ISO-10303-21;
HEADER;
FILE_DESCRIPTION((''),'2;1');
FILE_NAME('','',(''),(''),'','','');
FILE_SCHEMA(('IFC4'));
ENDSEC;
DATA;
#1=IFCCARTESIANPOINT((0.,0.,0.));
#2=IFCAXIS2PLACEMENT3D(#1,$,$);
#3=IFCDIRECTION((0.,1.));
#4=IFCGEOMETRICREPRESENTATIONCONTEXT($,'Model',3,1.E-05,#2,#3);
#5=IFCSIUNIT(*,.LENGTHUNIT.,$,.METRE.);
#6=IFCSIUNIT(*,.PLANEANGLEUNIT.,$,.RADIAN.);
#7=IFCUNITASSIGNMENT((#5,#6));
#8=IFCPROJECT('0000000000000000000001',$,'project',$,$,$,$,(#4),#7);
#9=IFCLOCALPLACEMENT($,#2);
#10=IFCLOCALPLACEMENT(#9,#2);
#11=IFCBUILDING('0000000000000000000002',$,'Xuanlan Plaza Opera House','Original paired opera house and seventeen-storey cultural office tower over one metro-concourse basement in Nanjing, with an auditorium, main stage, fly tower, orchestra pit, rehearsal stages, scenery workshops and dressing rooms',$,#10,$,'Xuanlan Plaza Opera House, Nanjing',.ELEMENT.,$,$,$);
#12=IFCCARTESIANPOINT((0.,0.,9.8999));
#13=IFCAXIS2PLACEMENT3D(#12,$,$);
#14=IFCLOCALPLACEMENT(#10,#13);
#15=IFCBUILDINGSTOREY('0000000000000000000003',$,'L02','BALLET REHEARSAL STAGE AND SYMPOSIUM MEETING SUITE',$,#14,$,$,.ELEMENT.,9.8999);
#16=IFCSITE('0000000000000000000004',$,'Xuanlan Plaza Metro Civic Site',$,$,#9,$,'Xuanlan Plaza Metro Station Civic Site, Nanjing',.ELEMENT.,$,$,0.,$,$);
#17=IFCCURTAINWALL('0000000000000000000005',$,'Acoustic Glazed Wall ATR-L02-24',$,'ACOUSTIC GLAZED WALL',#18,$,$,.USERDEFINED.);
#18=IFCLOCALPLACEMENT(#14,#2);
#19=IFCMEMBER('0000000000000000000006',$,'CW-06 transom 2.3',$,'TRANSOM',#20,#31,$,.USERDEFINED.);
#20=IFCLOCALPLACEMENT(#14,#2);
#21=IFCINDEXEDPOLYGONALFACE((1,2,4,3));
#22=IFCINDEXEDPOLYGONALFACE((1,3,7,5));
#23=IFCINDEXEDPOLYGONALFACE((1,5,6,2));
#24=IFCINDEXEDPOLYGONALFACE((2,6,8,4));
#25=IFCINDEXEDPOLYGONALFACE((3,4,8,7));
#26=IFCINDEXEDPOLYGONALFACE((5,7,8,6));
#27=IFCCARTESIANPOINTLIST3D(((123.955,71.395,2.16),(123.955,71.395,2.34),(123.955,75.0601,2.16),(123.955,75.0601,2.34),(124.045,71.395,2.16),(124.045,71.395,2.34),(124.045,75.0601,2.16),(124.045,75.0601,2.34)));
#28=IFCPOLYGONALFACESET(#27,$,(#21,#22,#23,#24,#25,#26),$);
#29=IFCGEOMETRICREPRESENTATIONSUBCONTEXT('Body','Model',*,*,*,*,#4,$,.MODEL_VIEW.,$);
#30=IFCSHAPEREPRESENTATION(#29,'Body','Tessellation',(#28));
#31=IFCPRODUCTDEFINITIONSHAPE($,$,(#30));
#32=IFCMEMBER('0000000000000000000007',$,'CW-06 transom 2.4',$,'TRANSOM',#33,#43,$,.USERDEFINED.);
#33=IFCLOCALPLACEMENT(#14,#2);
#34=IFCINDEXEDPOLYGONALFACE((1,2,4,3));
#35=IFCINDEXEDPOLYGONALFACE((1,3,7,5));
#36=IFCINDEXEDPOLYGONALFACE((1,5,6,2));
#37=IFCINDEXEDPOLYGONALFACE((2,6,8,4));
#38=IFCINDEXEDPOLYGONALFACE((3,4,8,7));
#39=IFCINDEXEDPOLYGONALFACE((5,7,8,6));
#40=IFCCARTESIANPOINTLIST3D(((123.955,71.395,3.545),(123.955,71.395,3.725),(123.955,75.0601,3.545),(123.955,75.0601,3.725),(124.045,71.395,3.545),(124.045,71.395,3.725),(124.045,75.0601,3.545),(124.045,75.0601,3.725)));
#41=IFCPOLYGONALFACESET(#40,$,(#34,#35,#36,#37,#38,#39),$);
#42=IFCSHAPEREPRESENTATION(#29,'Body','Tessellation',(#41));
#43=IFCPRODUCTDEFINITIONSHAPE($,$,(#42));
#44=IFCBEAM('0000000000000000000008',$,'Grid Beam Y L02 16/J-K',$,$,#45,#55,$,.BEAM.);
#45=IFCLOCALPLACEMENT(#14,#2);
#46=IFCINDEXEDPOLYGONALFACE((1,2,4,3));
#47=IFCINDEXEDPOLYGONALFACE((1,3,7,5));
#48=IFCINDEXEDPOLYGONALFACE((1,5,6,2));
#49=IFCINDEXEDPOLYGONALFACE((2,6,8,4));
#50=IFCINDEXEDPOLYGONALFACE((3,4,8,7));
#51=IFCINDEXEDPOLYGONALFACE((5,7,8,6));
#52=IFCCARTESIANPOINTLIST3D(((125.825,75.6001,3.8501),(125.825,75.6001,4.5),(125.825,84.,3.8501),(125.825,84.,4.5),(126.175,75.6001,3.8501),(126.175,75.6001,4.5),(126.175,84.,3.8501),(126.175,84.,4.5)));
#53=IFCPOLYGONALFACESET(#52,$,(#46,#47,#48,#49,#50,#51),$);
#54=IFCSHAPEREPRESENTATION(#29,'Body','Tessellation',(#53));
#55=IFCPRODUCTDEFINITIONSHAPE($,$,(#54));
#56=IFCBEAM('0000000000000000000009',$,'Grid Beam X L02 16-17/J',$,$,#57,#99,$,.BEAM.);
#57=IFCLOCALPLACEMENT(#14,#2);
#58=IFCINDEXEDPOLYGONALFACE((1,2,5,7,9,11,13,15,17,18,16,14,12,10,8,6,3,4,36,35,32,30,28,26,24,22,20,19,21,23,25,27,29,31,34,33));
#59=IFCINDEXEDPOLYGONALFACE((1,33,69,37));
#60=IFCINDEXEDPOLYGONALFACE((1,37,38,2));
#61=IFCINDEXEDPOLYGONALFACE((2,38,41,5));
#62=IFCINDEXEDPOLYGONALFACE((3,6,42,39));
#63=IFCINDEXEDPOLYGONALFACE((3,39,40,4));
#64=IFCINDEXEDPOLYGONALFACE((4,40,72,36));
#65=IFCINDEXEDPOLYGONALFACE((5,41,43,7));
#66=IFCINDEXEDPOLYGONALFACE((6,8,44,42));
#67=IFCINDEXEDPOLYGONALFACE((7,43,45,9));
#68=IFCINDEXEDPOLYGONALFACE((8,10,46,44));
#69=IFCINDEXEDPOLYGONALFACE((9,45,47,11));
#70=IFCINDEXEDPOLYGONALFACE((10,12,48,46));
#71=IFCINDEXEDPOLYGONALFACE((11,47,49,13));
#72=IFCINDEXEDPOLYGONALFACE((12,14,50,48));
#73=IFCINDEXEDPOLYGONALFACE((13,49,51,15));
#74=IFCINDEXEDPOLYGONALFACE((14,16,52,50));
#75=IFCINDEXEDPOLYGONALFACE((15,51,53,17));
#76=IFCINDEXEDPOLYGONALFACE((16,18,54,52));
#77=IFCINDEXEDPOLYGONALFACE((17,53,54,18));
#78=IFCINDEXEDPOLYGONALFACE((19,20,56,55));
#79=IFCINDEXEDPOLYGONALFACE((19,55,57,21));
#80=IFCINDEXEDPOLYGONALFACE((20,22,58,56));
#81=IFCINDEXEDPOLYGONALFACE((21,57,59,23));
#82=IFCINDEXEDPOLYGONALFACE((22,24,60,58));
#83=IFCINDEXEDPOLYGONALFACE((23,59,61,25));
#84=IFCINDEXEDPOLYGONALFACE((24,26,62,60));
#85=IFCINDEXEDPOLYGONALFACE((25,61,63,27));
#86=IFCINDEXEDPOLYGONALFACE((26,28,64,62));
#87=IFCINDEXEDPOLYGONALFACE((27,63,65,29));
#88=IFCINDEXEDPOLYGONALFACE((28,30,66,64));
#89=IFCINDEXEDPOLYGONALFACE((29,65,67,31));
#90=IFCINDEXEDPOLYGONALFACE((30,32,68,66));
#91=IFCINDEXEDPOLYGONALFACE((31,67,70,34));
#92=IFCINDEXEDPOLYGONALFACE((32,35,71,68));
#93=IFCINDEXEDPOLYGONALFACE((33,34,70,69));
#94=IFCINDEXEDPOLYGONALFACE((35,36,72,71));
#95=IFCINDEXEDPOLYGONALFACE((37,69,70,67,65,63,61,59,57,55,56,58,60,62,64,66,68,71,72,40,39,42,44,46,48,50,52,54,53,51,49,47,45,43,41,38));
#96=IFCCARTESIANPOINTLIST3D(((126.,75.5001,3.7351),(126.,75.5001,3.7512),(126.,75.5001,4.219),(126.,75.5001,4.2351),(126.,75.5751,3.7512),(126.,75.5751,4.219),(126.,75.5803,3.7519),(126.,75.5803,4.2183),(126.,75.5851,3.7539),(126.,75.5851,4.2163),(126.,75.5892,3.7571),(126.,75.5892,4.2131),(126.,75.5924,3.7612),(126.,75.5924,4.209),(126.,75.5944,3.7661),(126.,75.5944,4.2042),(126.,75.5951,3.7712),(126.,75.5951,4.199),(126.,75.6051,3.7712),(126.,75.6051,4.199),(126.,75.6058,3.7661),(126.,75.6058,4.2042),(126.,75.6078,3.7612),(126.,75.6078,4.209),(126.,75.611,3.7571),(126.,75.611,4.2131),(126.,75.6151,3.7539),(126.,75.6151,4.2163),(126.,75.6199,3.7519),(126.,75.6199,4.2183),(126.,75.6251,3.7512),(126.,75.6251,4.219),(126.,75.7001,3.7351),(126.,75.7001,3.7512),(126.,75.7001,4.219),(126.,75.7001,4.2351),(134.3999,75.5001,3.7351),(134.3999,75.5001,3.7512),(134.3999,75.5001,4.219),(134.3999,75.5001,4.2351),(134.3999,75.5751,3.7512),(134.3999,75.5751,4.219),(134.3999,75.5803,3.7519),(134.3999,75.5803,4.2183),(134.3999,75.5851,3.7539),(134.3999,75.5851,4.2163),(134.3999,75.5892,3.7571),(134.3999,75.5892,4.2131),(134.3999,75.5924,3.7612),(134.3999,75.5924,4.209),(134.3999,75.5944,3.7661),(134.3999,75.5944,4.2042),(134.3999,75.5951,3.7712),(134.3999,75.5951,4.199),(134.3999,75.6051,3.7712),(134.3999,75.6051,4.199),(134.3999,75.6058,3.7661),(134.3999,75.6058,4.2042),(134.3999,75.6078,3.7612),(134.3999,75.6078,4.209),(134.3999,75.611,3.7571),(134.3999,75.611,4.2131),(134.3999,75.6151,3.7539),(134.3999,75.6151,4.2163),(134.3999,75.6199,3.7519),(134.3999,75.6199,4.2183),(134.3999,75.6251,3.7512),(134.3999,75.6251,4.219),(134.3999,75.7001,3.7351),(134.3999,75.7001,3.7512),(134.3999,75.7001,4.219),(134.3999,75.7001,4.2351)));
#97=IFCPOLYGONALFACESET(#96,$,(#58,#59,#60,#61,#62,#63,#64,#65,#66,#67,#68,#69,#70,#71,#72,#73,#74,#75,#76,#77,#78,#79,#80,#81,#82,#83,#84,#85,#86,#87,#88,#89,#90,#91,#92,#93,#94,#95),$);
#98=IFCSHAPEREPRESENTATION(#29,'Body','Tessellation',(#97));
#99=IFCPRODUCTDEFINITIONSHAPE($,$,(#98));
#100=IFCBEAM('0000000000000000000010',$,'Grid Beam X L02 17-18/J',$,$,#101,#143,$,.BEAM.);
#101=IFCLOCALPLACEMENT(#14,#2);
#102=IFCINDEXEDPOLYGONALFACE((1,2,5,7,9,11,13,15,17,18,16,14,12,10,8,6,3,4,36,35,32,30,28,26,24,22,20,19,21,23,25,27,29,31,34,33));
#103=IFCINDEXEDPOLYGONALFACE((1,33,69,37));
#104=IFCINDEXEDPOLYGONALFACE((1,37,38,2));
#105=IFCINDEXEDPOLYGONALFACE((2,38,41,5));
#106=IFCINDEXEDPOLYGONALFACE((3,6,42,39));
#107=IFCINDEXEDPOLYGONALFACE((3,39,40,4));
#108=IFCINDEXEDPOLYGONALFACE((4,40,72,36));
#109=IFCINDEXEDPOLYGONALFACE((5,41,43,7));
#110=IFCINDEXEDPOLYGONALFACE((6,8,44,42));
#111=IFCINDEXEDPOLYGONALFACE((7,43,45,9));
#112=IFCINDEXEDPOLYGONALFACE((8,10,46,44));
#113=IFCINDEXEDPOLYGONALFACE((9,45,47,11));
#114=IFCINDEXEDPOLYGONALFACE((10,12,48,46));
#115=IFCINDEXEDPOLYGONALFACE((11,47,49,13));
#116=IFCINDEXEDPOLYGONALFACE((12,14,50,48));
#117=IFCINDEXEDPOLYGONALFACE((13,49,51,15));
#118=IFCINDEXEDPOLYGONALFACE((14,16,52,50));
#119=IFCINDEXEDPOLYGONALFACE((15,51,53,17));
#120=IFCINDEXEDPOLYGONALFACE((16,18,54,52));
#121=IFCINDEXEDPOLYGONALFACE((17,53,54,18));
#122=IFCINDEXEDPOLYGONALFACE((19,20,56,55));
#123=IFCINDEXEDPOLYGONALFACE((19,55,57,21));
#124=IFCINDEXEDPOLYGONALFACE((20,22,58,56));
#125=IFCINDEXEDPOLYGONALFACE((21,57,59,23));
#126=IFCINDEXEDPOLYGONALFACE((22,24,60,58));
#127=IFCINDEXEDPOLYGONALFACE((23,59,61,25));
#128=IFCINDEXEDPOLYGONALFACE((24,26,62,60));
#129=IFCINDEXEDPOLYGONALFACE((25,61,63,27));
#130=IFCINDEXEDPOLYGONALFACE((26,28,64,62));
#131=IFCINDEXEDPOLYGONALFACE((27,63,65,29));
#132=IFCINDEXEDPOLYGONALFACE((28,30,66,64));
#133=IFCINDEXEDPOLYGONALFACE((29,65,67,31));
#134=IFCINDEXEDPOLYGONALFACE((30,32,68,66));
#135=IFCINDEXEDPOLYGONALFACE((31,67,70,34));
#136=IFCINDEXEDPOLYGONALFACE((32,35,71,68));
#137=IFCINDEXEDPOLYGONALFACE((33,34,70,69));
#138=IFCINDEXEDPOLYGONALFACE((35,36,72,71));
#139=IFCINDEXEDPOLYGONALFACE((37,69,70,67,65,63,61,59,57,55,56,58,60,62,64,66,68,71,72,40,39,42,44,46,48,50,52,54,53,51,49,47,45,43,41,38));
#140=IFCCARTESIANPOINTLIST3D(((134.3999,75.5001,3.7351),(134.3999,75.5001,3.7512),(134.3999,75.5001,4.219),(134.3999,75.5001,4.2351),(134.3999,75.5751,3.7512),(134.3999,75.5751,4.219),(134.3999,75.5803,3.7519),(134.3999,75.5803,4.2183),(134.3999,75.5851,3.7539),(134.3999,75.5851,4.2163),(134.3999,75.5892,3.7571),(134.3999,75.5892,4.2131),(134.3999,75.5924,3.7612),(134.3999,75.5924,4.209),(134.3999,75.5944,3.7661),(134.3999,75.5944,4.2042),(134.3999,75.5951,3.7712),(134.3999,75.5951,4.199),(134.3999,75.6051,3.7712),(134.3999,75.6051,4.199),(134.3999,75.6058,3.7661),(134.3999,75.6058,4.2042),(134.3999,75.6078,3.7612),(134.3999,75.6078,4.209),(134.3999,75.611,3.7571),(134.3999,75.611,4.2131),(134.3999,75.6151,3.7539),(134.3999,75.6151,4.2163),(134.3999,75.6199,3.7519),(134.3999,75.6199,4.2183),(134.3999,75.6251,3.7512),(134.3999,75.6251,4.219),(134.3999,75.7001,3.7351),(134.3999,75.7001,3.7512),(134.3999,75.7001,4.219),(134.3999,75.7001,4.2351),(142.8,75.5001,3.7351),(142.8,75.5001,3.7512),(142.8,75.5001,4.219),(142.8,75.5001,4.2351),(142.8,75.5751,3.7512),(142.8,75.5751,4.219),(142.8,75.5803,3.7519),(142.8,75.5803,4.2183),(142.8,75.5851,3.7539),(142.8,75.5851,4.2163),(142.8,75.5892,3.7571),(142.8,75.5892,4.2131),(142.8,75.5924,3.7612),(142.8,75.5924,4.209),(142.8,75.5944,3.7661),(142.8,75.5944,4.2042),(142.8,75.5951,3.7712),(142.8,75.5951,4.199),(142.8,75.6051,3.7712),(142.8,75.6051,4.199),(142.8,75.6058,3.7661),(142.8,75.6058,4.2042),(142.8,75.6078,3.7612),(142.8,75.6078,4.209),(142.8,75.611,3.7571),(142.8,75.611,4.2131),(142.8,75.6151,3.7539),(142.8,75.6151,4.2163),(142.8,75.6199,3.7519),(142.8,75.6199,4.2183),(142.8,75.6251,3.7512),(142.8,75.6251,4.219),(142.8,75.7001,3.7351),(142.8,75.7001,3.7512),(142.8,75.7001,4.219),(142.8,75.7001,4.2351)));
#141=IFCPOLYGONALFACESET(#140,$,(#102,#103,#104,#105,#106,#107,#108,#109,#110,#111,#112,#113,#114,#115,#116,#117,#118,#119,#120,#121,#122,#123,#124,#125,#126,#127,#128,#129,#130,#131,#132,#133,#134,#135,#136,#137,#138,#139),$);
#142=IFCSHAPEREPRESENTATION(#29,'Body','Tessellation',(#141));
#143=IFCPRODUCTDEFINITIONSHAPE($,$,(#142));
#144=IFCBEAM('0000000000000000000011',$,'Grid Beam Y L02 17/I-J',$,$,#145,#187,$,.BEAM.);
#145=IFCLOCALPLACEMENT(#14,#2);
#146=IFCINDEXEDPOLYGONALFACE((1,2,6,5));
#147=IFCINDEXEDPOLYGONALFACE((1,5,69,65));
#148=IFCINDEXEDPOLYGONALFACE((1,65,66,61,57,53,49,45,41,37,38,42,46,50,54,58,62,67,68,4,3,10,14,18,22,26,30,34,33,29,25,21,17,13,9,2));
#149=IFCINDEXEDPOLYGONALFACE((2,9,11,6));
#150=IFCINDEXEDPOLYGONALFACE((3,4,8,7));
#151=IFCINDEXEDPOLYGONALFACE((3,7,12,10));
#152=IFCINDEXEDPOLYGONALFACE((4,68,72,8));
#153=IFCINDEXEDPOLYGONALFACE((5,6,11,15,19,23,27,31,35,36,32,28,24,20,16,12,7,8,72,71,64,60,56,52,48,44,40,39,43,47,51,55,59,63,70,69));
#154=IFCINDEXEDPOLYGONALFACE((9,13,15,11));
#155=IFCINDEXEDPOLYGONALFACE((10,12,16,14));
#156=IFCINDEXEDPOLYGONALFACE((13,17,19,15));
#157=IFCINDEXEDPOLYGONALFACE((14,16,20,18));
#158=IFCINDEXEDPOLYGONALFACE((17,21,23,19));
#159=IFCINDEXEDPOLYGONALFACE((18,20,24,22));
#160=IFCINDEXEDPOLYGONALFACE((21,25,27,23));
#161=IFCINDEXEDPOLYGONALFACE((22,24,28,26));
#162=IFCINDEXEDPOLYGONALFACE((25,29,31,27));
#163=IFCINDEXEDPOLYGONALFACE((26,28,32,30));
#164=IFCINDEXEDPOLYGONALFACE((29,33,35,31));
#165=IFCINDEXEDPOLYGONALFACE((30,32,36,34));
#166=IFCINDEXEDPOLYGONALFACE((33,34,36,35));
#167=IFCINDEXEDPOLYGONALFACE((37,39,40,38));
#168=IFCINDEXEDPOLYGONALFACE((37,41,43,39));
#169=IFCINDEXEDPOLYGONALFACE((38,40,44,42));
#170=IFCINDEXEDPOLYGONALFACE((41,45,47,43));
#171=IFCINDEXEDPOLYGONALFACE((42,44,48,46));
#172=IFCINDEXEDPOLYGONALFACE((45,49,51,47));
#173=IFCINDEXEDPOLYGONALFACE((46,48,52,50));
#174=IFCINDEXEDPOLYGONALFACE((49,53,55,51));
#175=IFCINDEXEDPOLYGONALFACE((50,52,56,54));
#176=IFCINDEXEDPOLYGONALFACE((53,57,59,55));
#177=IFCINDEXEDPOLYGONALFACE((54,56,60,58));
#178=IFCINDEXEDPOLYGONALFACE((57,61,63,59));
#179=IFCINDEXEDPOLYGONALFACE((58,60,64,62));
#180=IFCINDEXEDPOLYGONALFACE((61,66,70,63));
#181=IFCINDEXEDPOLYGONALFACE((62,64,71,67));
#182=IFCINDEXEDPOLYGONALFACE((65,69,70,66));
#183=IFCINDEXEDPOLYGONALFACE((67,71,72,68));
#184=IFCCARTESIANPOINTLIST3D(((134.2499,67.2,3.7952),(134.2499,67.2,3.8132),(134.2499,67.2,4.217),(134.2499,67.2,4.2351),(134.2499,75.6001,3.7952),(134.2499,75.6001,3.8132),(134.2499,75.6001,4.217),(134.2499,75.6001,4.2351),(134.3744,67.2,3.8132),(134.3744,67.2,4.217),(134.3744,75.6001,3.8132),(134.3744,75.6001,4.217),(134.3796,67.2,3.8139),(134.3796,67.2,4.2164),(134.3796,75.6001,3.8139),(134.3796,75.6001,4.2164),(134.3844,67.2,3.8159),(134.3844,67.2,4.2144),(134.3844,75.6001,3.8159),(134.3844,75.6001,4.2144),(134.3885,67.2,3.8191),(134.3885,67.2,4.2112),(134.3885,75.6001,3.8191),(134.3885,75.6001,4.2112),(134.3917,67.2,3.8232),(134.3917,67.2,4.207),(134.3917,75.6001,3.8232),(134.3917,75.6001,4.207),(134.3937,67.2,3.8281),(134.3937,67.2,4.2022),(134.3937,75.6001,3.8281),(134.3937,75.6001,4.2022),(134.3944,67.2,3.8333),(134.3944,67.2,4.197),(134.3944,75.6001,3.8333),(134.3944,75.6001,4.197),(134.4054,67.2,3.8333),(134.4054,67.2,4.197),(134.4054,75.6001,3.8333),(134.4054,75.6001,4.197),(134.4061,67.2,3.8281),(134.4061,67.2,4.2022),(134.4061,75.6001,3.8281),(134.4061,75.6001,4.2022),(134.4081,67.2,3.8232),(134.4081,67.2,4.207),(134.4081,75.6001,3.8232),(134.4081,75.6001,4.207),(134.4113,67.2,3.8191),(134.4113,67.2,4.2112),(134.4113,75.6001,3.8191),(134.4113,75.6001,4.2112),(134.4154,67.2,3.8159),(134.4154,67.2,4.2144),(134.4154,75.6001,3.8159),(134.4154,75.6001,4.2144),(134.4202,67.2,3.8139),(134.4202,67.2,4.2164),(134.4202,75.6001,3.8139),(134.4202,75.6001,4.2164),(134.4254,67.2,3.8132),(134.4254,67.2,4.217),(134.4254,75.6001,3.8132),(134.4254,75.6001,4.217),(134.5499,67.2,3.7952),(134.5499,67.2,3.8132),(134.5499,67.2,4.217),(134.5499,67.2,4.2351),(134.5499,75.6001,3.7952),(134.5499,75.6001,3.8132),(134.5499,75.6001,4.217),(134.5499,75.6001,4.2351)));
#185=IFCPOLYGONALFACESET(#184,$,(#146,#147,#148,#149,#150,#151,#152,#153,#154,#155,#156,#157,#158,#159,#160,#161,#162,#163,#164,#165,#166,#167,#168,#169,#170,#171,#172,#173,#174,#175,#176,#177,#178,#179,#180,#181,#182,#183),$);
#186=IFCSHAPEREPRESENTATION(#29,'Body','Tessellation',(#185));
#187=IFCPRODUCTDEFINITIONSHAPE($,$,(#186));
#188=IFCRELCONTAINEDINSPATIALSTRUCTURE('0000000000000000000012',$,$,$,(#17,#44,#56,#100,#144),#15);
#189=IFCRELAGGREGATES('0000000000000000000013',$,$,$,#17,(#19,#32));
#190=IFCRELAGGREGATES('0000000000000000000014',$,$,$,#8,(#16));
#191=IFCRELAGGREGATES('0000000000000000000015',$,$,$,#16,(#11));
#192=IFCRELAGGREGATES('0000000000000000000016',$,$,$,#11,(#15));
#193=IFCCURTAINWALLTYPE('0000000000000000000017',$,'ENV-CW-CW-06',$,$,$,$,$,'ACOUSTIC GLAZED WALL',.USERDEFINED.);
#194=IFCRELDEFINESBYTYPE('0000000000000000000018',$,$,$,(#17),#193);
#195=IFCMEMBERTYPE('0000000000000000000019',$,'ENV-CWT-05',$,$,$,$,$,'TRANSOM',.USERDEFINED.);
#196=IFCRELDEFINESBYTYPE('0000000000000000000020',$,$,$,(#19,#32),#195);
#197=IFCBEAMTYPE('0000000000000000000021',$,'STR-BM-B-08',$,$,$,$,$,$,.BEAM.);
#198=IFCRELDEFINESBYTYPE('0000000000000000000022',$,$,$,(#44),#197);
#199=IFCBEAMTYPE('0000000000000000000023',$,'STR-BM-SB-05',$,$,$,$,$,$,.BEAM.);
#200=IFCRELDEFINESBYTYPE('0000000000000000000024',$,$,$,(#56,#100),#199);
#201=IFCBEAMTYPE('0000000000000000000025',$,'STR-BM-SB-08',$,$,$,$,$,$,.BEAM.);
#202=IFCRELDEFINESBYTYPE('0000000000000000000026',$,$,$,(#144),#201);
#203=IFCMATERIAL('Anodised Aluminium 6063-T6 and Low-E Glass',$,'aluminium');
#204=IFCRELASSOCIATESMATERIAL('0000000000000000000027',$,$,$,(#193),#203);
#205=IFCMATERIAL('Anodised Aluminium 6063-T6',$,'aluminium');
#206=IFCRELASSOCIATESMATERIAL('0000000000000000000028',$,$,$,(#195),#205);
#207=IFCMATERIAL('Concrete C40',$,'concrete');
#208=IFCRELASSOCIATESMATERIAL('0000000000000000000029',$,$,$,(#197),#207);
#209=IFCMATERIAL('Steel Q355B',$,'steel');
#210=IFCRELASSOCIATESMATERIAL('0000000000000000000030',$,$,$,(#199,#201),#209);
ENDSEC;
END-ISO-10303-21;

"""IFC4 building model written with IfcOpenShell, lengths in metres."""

from ifc_helpers import new_model, si_unit, direction, frame, origin, origin_2d, place, context, subcontext, project, spatial, rectangle, i_section, extrude, material, material_profile, profile_set, type_object, element, aggregate, save


model = new_model("IFC4")

# Units and contexts
model_context = context("Model", 3, precision=1e-05, world=origin(), true_north=direction((0.0, 1.0)))
body_context = subcontext(model_context, "Body", "Model", "MODEL_VIEW")
ifc_project = project(units=[si_unit("LENGTHUNIT", "METRE"), si_unit("PLANEANGLEUNIT", "RADIAN")], contexts=[model_context])

# Site, building, storey
site_placement = place(None, origin())
site = spatial("IfcSite", under=ifc_project, at=site_placement, Name="Xuanlan Plaza Metro Civic Site", LongName="Xuanlan Plaza Metro Station Civic Site, Nanjing", CompositionType="ELEMENT", RefElevation=0.0)
building_placement = place(site_placement, origin())
building = spatial("IfcBuilding", under=site, at=building_placement, Name="Xuanlan Plaza Opera House", Description="Original paired opera house and seventeen-storey cultural office tower over one metro-concourse basement in Nanjing, with an auditorium, main stage, fly tower, orchestra pit, rehearsal stages, scenery workshops and dressing rooms", LongName="Xuanlan Plaza Opera House, Nanjing", CompositionType="ELEMENT")
storey_placement = place(building_placement, frame((0.0, 0.0, 9.8999)))
storey = spatial("IfcBuildingStorey", under=building, at=storey_placement, Name="L02", Description="BALLET REHEARSAL STAGE AND SYMPOSIUM MEETING SUITE", CompositionType="ELEMENT", Elevation=9.8999)

# Curtain wall, members
ifc_material_1 = material(Name="Anodised Aluminium 6063-T6 and Low-E Glass", Category="aluminium")
curtain_wall_type = type_object("IfcCurtainWallType", Name="ENV-CW-CW-06", ElementType="ACOUSTIC GLAZED WALL", PredefinedType="USERDEFINED", material=ifc_material_1)
curtain_wall_placement = place(storey_placement, origin())
curtain_wall = element("IfcCurtainWall", 1, at=curtain_wall_placement, inside=storey, type_object=curtain_wall_type, Name="Acoustic Glazed Wall ATR-L02-24", ObjectType="ACOUSTIC GLAZED WALL", PredefinedType="USERDEFINED")
ifc_material_2 = material(Name="Anodised Aluminium 6063-T6", Category="aluminium")
ifc_material_profile_1 = material_profile(ifc_material_2, rectangle(XDim=0.0901, YDim=0.1799, at=origin_2d()), Name="ALU-T 90x180")
ifc_profile_set_1 = profile_set([ifc_material_profile_1], Name="Anodised Aluminium 6063-T6")
member_type_1 = type_object("IfcMemberType", Name="ENV-CWT-05", ElementType="TRANSOM", PredefinedType="USERDEFINED", material=ifc_profile_set_1)
member_1_placement = place(storey_placement, frame((124.0, 71.395, 2.25), z_axis=(0.0, 1.0, 0.0), x_axis=(-1.0, 0.0, 0.0)))
member_1 = element("IfcMember", 2, at=member_1_placement, type_object=member_type_1, Name="CW-06 transom 2.3", ObjectType="TRANSOM", PredefinedType="USERDEFINED", context=body_context, shape_type="SweptSolid", body=[
    extrude(rectangle(XDim=0.0901, YDim=0.1799, at=origin_2d()), origin(), (0.0, 0.0, 1.0), 3.665),
])
member_2_placement = place(storey_placement, frame((124.0, 71.395, 3.635), z_axis=(0.0, 1.0, 0.0), x_axis=(-1.0, 0.0, 0.0)))
member_2 = element("IfcMember", 3, at=member_2_placement, type_object=member_type_1, Name="CW-06 transom 2.4", ObjectType="TRANSOM", PredefinedType="USERDEFINED", context=body_context, shape_type="SweptSolid", body=[
    extrude(rectangle(XDim=0.0901, YDim=0.1799, at=origin_2d()), origin(), (0.0, 0.0, 1.0), 3.665),
])

# Beams
ifc_material_3 = material(Name="Concrete C40", Category="concrete")
ifc_material_profile_2 = material_profile(ifc_material_3, rectangle(XDim=0.3501, YDim=0.6499, at=origin_2d()), Name="RC-BM 350x650")
ifc_profile_set_2 = profile_set([ifc_material_profile_2], Name="Concrete C40")
beam_type_1 = type_object("IfcBeamType", Name="STR-BM-B-08", PredefinedType="BEAM", material=ifc_profile_set_2)
beam_1_placement = place(storey_placement, frame((126.0, 75.6001, 4.175), z_axis=(0.0, 1.0, 0.0), x_axis=(-1.0, 0.0, 0.0)))
element("IfcBeam", 4, at=beam_1_placement, inside=storey, type_object=beam_type_1, Name="Grid Beam Y L02 16/J-K", PredefinedType="BEAM", context=body_context, shape_type="SweptSolid", body=[
    extrude(rectangle(XDim=0.3501, YDim=0.6499, at=origin_2d()), origin(), (0.0, 0.0, 1.0), 8.3999),
])
ifc_material_4 = material(Name="Steel Q355B", Category="steel")
ifc_material_profile_3 = material_profile(ifc_material_4, i_section(OverallWidth=0.2, OverallDepth=0.5, WebThickness=0.01, FlangeThickness=0.0161, FilletRadius=0.02, at=origin_2d()), Name="HN 500x200x10x16")
ifc_profile_set_3 = profile_set([ifc_material_profile_3], Name="Steel Q355B")
beam_type_2 = type_object("IfcBeamType", Name="STR-BM-SB-05", PredefinedType="BEAM", material=ifc_profile_set_3)
beam_2_placement = place(storey_placement, frame((126.0, 75.6001, 3.9851), z_axis=(1.0, 0.0, 0.0), x_axis=(0.0, 1.0, 0.0)))
element("IfcBeam", 5, at=beam_2_placement, inside=storey, type_object=beam_type_2, Name="Grid Beam X L02 16-17/J", PredefinedType="BEAM", context=body_context, shape_type="SweptSolid", body=[
    extrude(i_section(OverallWidth=0.2, OverallDepth=0.5, WebThickness=0.01, FlangeThickness=0.0161, FilletRadius=0.02, at=origin_2d()), origin(), (0.0, 0.0, 1.0), 8.3999),
])
beam_3_placement = place(storey_placement, frame((134.3999, 75.6001, 3.9851), z_axis=(1.0, 0.0, 0.0), x_axis=(0.0, 1.0, 0.0)))
element("IfcBeam", 6, at=beam_3_placement, inside=storey, type_object=beam_type_2, Name="Grid Beam X L02 17-18/J", PredefinedType="BEAM", context=body_context, shape_type="SweptSolid", body=[
    extrude(i_section(OverallWidth=0.2, OverallDepth=0.5, WebThickness=0.01, FlangeThickness=0.0161, FilletRadius=0.02, at=origin_2d()), origin(), (0.0, 0.0, 1.0), 8.4001),
])
ifc_material_profile_4 = material_profile(ifc_material_4, i_section(OverallWidth=0.3, OverallDepth=0.4399, WebThickness=0.011, FlangeThickness=0.0181, FilletRadius=0.02, at=origin_2d()), Name="HM 440x300x11x18")
ifc_profile_set_4 = profile_set([ifc_material_profile_4], Name="Steel Q355B")
beam_type_3 = type_object("IfcBeamType", Name="STR-BM-SB-08", PredefinedType="BEAM", material=ifc_profile_set_4)
beam_4_placement = place(storey_placement, frame((134.3999, 67.2, 4.0151), z_axis=(0.0, 1.0, 0.0), x_axis=(-1.0, 0.0, 0.0)))
element("IfcBeam", 7, at=beam_4_placement, inside=storey, type_object=beam_type_3, Name="Grid Beam Y L02 17/I-J", PredefinedType="BEAM", context=body_context, shape_type="SweptSolid", body=[
    extrude(i_section(OverallWidth=0.3, OverallDepth=0.4399, WebThickness=0.011, FlangeThickness=0.0181, FilletRadius=0.02, at=origin_2d()), origin(), (0.0, 0.0, 1.0), 8.4001),
])

aggregate(curtain_wall, [member_1, member_2])

save(model, "model.ifc")
